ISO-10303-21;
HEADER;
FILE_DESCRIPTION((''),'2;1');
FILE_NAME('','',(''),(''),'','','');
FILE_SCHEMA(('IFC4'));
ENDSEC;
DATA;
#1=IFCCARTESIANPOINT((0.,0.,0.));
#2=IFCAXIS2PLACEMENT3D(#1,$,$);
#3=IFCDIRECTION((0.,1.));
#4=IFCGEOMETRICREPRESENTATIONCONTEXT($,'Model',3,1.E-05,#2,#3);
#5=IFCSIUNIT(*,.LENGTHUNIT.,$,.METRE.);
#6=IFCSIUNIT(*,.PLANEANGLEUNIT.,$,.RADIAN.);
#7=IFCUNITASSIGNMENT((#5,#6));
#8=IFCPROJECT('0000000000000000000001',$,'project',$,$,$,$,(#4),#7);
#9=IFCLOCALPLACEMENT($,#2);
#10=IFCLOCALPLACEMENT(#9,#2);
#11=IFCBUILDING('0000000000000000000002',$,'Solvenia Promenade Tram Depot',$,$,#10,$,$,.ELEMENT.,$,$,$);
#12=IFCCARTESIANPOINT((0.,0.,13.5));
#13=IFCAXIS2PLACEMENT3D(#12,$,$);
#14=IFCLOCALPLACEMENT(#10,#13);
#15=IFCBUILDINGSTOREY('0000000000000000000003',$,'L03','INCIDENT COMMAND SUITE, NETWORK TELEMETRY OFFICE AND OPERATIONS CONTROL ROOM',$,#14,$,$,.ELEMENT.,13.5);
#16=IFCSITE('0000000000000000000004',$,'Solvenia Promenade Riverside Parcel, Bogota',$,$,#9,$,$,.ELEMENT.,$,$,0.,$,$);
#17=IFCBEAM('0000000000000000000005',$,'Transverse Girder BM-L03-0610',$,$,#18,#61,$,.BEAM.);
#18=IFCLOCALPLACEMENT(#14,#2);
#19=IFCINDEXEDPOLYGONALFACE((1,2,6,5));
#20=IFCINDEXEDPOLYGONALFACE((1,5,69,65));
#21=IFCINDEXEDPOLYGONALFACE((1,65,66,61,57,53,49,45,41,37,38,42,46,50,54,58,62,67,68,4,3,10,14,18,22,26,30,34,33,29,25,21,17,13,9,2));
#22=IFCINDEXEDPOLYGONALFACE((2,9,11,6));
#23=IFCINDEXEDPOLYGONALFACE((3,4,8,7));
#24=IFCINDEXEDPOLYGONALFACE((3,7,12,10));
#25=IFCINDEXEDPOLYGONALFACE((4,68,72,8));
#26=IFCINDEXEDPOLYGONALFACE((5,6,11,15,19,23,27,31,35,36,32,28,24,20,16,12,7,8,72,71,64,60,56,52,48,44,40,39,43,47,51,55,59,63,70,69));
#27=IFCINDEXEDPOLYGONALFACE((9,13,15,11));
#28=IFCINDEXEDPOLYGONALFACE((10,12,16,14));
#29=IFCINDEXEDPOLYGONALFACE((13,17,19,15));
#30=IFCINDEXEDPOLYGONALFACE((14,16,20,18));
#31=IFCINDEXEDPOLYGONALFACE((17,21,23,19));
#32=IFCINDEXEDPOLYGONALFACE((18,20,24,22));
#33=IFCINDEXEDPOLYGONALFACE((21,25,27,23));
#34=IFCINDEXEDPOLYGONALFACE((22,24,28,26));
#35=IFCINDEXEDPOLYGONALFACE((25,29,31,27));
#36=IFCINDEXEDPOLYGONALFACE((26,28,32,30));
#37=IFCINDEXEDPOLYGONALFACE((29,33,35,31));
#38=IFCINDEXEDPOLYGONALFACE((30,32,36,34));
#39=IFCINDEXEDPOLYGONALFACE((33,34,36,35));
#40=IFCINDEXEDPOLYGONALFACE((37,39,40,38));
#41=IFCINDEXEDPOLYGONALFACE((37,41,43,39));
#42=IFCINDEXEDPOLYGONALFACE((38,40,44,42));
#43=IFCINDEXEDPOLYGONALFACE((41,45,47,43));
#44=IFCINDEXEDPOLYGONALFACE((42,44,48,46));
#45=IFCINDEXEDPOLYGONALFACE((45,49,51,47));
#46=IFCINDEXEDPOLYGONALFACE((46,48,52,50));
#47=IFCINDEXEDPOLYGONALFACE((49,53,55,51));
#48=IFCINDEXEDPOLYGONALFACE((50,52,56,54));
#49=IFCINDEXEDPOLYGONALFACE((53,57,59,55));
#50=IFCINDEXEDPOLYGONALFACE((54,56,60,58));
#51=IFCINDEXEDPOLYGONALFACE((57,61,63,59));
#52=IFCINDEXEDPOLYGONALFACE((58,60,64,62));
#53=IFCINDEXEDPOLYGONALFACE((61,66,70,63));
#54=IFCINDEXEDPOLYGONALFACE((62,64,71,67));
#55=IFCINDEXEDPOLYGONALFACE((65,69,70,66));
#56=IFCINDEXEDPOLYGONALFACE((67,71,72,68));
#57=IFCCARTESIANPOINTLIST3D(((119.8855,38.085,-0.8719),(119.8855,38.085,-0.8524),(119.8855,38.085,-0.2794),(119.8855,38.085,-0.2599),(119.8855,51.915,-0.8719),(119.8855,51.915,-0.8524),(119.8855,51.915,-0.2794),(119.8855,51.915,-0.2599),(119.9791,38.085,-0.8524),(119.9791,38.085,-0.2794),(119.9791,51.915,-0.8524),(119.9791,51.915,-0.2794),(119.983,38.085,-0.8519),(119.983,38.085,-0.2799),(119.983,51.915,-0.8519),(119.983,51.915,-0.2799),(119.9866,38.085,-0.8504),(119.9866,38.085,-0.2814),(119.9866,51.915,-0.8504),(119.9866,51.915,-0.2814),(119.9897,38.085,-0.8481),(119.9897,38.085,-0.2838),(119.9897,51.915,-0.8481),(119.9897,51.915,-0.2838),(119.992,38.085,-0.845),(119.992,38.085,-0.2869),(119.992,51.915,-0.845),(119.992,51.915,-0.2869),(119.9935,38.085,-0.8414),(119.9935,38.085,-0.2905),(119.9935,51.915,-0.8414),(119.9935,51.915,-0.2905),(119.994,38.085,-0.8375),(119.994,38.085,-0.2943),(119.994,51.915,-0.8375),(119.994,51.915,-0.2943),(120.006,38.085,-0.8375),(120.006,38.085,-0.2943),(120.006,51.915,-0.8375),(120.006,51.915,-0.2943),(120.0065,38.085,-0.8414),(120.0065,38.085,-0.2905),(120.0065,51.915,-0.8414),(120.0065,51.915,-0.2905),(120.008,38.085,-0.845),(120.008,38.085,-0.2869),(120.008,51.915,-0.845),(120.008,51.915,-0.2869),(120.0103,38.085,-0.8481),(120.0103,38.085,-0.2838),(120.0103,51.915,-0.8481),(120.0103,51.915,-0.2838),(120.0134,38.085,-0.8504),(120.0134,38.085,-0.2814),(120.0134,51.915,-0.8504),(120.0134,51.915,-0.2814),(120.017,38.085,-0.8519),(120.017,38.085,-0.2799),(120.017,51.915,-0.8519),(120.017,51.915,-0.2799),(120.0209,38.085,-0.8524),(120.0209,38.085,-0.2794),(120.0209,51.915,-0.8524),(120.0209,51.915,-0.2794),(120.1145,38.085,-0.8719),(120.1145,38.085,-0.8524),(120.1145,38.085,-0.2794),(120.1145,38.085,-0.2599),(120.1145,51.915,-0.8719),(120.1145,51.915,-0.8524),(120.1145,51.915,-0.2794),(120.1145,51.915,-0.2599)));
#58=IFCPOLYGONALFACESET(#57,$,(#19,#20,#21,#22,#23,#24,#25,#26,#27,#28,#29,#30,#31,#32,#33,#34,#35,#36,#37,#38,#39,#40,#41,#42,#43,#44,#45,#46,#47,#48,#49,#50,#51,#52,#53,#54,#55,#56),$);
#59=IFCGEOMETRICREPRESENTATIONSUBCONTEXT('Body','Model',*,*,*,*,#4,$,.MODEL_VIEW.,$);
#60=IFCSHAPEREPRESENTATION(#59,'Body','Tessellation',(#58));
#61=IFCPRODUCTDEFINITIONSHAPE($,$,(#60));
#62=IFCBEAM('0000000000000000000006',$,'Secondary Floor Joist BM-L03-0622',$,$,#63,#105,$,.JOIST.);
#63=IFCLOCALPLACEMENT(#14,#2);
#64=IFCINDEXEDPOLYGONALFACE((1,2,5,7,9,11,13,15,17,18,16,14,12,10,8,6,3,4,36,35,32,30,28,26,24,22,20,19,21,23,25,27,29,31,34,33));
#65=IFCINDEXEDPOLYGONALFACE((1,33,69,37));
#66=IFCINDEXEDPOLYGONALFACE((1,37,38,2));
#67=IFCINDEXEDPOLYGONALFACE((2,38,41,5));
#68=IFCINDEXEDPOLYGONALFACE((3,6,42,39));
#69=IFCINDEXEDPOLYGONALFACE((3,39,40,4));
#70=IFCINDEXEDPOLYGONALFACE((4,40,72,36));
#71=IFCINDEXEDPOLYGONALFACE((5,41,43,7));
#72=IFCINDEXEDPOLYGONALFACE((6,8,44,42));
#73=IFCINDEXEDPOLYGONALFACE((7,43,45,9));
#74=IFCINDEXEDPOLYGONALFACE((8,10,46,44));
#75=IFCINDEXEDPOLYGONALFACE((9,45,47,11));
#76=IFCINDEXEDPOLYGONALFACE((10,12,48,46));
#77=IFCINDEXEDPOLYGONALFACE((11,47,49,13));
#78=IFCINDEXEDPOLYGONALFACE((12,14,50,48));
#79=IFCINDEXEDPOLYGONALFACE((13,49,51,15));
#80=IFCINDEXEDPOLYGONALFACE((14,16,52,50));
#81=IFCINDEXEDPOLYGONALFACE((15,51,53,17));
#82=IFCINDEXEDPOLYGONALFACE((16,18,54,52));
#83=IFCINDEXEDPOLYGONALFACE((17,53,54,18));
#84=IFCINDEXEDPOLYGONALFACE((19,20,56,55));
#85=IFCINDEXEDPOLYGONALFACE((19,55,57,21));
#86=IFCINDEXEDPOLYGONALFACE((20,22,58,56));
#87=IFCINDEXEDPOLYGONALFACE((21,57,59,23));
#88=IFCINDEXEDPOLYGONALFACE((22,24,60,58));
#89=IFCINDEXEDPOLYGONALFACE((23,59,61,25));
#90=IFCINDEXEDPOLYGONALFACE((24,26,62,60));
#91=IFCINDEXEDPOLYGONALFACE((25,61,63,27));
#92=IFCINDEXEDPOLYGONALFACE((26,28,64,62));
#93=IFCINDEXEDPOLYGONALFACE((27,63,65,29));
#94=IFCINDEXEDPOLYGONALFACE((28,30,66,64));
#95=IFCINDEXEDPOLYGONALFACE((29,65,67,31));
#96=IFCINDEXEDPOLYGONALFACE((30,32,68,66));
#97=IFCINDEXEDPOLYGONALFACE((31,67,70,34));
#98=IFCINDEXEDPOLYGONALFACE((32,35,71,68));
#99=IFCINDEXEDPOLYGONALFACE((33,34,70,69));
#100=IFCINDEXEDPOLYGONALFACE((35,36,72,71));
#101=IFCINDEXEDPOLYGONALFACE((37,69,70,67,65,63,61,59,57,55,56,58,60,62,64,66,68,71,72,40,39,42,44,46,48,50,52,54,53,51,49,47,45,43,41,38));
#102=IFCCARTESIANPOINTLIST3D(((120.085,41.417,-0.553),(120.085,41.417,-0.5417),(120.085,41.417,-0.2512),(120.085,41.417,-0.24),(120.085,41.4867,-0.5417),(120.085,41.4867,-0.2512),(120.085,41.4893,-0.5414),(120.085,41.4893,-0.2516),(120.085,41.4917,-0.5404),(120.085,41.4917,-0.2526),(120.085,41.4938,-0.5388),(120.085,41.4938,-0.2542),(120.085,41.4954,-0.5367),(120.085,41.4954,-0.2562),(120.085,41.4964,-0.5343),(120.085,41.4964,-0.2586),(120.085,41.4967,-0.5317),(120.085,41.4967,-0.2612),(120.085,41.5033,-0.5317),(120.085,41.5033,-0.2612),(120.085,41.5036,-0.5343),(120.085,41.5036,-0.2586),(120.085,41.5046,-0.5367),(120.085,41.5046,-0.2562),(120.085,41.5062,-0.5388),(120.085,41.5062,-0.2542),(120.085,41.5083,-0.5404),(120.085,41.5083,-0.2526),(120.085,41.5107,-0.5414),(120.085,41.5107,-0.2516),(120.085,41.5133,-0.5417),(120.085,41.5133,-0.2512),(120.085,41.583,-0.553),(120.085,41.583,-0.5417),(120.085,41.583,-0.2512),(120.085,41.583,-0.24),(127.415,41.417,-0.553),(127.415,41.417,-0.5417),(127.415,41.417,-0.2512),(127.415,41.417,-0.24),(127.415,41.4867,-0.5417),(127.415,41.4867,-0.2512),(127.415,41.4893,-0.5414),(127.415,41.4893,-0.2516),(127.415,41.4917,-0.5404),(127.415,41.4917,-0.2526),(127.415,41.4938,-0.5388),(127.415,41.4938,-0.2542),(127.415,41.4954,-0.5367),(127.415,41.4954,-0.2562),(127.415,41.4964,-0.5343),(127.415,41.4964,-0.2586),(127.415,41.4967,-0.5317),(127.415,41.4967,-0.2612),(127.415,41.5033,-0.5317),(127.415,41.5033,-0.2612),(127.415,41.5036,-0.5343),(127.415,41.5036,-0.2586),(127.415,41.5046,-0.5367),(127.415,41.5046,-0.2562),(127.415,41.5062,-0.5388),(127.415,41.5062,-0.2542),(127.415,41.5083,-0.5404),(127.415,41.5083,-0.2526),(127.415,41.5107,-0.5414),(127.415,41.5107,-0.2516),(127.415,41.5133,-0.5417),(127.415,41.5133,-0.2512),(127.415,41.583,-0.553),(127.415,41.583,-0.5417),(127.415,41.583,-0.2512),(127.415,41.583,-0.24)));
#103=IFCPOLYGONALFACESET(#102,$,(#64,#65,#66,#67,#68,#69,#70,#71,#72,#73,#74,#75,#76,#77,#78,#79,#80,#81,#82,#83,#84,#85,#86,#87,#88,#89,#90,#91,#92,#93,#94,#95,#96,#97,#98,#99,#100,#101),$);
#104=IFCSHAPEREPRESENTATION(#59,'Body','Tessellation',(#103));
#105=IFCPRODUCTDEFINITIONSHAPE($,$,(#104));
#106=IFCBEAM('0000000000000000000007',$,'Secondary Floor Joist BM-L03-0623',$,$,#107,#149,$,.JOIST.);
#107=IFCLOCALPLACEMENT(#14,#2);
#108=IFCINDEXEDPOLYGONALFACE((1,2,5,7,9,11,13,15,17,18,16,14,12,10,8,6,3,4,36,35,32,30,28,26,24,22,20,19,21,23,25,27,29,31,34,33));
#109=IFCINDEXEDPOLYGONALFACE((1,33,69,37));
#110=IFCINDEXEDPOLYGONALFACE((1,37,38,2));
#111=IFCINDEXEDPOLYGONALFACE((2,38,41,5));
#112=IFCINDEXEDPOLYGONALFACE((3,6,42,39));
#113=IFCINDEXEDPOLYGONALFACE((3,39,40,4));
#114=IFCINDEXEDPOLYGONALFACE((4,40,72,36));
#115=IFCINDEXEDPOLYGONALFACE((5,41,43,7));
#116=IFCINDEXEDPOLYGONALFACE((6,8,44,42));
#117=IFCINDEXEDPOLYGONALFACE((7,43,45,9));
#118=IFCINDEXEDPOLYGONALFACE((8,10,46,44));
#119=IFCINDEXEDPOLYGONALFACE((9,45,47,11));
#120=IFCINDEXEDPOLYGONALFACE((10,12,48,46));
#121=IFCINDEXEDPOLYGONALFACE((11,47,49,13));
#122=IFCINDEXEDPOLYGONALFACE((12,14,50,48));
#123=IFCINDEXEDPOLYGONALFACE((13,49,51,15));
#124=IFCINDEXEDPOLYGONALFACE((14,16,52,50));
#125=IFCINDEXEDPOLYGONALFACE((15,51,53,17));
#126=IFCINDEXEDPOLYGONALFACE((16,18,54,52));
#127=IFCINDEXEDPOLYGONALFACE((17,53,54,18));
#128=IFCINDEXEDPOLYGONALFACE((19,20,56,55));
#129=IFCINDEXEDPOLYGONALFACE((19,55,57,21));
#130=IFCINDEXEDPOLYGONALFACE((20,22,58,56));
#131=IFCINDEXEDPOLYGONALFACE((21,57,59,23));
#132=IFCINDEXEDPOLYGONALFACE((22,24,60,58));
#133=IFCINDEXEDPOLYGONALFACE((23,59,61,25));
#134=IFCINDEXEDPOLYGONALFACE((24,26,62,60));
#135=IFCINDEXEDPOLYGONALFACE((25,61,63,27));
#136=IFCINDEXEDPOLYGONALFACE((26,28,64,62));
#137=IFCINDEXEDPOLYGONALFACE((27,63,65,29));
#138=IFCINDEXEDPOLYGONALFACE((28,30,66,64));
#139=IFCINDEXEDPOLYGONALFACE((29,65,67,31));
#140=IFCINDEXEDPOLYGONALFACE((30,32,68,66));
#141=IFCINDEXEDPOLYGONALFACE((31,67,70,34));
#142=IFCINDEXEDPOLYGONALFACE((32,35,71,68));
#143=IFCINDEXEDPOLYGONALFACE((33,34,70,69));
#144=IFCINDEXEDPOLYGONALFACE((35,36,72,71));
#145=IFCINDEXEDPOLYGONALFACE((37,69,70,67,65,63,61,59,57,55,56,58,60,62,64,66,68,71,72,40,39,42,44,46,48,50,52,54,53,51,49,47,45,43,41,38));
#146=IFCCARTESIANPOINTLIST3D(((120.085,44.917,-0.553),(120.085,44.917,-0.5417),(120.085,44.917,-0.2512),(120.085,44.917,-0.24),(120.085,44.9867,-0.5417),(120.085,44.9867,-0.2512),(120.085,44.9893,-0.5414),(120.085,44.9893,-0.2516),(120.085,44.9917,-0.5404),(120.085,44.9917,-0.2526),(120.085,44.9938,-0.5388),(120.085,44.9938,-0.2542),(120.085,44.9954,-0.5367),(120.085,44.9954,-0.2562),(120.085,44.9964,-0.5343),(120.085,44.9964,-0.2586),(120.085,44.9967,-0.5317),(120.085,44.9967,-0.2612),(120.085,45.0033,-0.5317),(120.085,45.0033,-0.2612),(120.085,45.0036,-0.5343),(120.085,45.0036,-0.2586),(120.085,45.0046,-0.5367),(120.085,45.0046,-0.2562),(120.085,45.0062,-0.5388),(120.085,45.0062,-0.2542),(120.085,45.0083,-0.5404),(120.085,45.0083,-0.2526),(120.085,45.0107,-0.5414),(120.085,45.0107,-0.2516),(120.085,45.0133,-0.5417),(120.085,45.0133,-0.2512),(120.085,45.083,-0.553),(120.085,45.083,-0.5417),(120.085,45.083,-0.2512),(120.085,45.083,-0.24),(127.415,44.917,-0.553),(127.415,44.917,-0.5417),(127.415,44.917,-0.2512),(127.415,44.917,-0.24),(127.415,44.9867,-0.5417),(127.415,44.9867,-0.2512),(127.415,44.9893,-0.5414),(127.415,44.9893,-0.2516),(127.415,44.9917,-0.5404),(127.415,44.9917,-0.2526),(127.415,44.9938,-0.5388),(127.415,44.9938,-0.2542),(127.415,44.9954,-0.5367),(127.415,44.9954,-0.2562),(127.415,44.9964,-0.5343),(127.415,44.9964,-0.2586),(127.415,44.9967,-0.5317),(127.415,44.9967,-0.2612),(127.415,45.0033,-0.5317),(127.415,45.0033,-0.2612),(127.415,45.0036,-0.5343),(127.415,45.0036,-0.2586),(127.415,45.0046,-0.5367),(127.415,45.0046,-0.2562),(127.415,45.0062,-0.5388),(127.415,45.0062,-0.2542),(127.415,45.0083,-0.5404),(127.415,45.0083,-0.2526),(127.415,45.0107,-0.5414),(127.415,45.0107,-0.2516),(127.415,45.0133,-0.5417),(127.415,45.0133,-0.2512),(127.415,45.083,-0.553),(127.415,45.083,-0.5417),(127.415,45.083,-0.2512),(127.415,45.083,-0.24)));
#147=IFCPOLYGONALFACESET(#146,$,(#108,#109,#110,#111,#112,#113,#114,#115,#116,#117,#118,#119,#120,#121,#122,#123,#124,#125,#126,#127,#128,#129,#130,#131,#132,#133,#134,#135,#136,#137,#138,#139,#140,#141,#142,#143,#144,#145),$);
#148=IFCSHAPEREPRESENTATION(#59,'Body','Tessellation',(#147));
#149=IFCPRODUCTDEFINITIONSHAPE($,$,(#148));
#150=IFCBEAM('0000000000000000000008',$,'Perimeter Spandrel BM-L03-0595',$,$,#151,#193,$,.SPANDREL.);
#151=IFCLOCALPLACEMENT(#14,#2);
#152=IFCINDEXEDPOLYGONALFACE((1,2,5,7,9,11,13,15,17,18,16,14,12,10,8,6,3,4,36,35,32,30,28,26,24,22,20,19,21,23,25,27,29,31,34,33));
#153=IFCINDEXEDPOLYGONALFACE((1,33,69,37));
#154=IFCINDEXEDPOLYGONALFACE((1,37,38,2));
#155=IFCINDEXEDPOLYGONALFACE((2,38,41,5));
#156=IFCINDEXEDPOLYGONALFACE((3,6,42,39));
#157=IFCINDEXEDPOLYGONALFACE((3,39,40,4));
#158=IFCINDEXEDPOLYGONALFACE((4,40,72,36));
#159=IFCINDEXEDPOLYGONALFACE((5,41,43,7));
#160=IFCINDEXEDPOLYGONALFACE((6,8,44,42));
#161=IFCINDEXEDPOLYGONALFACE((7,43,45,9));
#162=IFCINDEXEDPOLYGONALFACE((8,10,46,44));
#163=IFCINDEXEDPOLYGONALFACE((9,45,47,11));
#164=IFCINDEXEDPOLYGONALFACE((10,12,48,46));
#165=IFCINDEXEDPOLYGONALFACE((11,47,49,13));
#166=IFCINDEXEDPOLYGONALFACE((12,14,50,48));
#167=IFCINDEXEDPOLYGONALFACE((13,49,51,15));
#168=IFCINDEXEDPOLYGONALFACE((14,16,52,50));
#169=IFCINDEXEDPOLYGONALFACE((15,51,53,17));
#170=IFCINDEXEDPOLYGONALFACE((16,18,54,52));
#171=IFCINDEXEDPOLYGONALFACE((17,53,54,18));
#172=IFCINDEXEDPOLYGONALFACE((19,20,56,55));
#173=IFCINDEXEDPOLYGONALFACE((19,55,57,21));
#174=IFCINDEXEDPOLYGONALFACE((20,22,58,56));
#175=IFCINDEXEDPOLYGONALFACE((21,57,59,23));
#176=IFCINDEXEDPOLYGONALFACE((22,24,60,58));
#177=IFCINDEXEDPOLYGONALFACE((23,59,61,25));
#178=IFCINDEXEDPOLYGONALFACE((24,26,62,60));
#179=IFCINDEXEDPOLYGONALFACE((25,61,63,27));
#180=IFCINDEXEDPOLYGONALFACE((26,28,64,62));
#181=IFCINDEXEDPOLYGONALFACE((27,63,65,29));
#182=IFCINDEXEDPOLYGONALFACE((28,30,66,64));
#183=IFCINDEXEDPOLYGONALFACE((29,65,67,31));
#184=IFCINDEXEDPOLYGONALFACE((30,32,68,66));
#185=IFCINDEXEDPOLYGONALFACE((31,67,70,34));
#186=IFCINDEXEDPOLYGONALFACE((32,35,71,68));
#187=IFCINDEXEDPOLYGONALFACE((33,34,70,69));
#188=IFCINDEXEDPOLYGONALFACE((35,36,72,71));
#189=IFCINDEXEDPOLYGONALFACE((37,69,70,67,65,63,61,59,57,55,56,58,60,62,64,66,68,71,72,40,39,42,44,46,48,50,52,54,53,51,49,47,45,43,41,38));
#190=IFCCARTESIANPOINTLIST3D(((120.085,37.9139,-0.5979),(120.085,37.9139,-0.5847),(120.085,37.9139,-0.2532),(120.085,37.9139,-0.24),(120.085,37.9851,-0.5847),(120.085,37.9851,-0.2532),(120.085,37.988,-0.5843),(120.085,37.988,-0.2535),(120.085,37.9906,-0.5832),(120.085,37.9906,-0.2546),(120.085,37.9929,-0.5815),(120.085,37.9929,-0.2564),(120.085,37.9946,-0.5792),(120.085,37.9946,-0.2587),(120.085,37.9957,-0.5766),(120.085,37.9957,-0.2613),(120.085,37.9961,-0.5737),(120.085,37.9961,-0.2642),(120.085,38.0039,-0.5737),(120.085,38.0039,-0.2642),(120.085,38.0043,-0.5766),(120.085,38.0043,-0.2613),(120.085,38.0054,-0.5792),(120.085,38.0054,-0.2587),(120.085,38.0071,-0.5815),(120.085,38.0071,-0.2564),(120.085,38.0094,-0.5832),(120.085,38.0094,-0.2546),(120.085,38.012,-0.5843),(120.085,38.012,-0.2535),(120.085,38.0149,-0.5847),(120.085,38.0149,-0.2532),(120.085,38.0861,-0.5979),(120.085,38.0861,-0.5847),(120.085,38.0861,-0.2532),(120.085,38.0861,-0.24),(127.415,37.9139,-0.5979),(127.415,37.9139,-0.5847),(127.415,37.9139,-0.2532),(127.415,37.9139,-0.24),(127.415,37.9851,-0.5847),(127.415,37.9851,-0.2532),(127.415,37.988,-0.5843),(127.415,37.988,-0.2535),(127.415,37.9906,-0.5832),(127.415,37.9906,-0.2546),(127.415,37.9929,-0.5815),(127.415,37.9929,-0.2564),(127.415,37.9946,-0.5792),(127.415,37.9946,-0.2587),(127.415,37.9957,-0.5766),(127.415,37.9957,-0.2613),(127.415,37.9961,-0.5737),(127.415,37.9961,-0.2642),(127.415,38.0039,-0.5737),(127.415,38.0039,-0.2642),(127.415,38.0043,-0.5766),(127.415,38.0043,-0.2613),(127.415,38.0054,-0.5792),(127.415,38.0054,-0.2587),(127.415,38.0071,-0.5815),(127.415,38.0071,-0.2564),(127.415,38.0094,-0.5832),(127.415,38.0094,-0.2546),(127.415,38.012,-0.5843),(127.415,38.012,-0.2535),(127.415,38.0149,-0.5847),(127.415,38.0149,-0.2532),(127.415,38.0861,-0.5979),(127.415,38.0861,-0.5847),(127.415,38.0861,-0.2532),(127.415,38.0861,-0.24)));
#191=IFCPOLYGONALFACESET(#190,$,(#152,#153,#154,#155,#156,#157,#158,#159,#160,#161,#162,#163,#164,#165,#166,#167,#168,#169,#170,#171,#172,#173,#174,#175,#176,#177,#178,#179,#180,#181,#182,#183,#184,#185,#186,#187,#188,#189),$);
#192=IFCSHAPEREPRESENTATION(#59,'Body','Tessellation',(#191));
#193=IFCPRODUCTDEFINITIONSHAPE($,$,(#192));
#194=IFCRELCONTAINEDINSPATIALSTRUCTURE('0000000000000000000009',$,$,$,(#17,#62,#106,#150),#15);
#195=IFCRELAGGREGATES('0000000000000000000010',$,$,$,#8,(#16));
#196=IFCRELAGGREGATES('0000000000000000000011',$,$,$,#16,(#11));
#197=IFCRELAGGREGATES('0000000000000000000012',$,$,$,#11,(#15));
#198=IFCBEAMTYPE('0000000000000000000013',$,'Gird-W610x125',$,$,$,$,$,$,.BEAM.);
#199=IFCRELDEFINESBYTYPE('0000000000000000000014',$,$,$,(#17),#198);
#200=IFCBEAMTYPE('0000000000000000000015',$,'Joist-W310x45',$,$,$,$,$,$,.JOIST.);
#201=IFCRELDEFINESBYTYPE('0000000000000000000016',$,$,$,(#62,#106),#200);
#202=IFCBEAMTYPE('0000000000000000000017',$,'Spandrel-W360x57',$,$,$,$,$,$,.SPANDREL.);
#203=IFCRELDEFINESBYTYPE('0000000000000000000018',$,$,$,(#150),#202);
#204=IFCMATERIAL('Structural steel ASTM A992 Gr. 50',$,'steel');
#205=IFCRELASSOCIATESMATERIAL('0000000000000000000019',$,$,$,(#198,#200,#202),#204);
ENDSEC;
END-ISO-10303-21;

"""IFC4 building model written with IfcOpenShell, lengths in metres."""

from ifc_helpers import new_model, si_unit, direction, frame, origin, origin_2d, place, context, subcontext, project, spatial, i_section, extrude, material, material_profile, profile_set, type_object, element, save


model = new_model("IFC4")

# Units and contexts
model_context = context("Model", 3, precision=1e-05, world=origin(), true_north=direction((0.0, 1.0)))
body_context = subcontext(model_context, "Body", "Model", "MODEL_VIEW")
ifc_project = project(units=[si_unit("LENGTHUNIT", "METRE"), si_unit("PLANEANGLEUNIT", "RADIAN")], contexts=[model_context])

# Site, building, storey
site_placement = place(None, origin())
site = spatial("IfcSite", under=ifc_project, at=site_placement, Name="Solvenia Promenade Riverside Parcel, Bogota", CompositionType="ELEMENT", RefElevation=0.0)
building_placement = place(site_placement, origin())
building = spatial("IfcBuilding", under=site, at=building_placement, Name="Solvenia Promenade Tram Depot", CompositionType="ELEMENT")
storey_placement = place(building_placement, frame((0.0, 0.0, 13.5)))
storey = spatial("IfcBuildingStorey", under=building, at=storey_placement, Name="L03", Description="INCIDENT COMMAND SUITE, NETWORK TELEMETRY OFFICE AND OPERATIONS CONTROL ROOM", CompositionType="ELEMENT", Elevation=13.5)

# Shared definitions
ifc_material_1 = material(Name="Structural steel ASTM A992 Gr. 50", Category="steel")

# Beams
ifc_material_profile_1 = material_profile(ifc_material_1, i_section(OverallWidth=0.229, OverallDepth=0.6121, WebThickness=0.012, FlangeThickness=0.0195, FilletRadius=0.0149, at=origin_2d()), Name="W610x125", Category="steel")
ifc_profile_set_1 = profile_set([ifc_material_profile_1], Name="Structural steel ASTM A992 Gr. 50")
beam_type_1 = type_object("IfcBeamType", Name="Gird-W610x125", PredefinedType="BEAM", material=ifc_profile_set_1)
beam_1_placement = place(storey_placement, frame((120.0, 38.085, -0.5659), z_axis=(0.0, 1.0, 0.0), x_axis=(-1.0, 0.0, 0.0)))
element("IfcBeam", 1, at=beam_1_placement, inside=storey, type_object=beam_type_1, Name="Transverse Girder BM-L03-0610", PredefinedType="BEAM", context=body_context, shape_type="SweptSolid", body=[
    extrude(i_section(OverallWidth=0.229, OverallDepth=0.6121, WebThickness=0.012, FlangeThickness=0.0195, FilletRadius=0.0149, at=origin_2d()), origin(), (0.0, 0.0, 1.0), 13.8301),
])
ifc_material_profile_2 = material_profile(ifc_material_1, i_section(OverallWidth=0.166, OverallDepth=0.313, WebThickness=0.0066, FlangeThickness=0.0112, FilletRadius=0.01, at=origin_2d()), Name="W310x45", Category="steel")
ifc_profile_set_2 = profile_set([ifc_material_profile_2], Name="Structural steel ASTM A992 Gr. 50")
beam_type_2 = type_object("IfcBeamType", Name="Joist-W310x45", PredefinedType="JOIST", material=ifc_profile_set_2)
for number, where, z_axis, x_axis, name in (
    (2, (120.085, 41.5, -0.3965), (1.0, 0.0, 0.0), (0.0, 1.0, 0.0), "Secondary Floor Joist BM-L03-0622"),
    (3, (120.085, 45.0, -0.3965), (1.0, 0.0, 0.0), (0.0, 1.0, 0.0), "Secondary Floor Joist BM-L03-0623"),
):
    element("IfcBeam", number, at=place(storey_placement, frame(where, z_axis=z_axis, x_axis=x_axis)), inside=storey, type_object=beam_type_2, Name=name, PredefinedType="JOIST", context=body_context, shape_type="SweptSolid", body=[
        extrude(i_section(OverallWidth=0.166, OverallDepth=0.313, WebThickness=0.0066, FlangeThickness=0.0112, FilletRadius=0.01, at=origin_2d()), origin(), (0.0, 0.0, 1.0), 7.3301),
    ])
ifc_material_profile_3 = material_profile(ifc_material_1, i_section(OverallWidth=0.1721, OverallDepth=0.3579, WebThickness=0.0078, FlangeThickness=0.0132, FilletRadius=0.011, at=origin_2d()), Name="W360x57", Category="steel")
ifc_profile_set_3 = profile_set([ifc_material_profile_3], Name="Structural steel ASTM A992 Gr. 50")
beam_type_3 = type_object("IfcBeamType", Name="Spandrel-W360x57", PredefinedType="SPANDREL", material=ifc_profile_set_3)
for number, where, z_axis, x_axis, name in (
    (4, (120.085, 38.0, -0.4189), (1.0, 0.0, 0.0), (0.0, 1.0, 0.0), "Perimeter Spandrel BM-L03-0595"),
):
    element("IfcBeam", number, at=place(storey_placement, frame(where, z_axis=z_axis, x_axis=x_axis)), inside=storey, type_object=beam_type_3, Name=name, PredefinedType="SPANDREL", context=body_context, shape_type="SweptSolid", body=[
        extrude(i_section(OverallWidth=0.1721, OverallDepth=0.3579, WebThickness=0.0078, FlangeThickness=0.0132, FilletRadius=0.011, at=origin_2d()), origin(), (0.0, 0.0, 1.0), 7.3301),
    ])

save(model, "model.ifc")
